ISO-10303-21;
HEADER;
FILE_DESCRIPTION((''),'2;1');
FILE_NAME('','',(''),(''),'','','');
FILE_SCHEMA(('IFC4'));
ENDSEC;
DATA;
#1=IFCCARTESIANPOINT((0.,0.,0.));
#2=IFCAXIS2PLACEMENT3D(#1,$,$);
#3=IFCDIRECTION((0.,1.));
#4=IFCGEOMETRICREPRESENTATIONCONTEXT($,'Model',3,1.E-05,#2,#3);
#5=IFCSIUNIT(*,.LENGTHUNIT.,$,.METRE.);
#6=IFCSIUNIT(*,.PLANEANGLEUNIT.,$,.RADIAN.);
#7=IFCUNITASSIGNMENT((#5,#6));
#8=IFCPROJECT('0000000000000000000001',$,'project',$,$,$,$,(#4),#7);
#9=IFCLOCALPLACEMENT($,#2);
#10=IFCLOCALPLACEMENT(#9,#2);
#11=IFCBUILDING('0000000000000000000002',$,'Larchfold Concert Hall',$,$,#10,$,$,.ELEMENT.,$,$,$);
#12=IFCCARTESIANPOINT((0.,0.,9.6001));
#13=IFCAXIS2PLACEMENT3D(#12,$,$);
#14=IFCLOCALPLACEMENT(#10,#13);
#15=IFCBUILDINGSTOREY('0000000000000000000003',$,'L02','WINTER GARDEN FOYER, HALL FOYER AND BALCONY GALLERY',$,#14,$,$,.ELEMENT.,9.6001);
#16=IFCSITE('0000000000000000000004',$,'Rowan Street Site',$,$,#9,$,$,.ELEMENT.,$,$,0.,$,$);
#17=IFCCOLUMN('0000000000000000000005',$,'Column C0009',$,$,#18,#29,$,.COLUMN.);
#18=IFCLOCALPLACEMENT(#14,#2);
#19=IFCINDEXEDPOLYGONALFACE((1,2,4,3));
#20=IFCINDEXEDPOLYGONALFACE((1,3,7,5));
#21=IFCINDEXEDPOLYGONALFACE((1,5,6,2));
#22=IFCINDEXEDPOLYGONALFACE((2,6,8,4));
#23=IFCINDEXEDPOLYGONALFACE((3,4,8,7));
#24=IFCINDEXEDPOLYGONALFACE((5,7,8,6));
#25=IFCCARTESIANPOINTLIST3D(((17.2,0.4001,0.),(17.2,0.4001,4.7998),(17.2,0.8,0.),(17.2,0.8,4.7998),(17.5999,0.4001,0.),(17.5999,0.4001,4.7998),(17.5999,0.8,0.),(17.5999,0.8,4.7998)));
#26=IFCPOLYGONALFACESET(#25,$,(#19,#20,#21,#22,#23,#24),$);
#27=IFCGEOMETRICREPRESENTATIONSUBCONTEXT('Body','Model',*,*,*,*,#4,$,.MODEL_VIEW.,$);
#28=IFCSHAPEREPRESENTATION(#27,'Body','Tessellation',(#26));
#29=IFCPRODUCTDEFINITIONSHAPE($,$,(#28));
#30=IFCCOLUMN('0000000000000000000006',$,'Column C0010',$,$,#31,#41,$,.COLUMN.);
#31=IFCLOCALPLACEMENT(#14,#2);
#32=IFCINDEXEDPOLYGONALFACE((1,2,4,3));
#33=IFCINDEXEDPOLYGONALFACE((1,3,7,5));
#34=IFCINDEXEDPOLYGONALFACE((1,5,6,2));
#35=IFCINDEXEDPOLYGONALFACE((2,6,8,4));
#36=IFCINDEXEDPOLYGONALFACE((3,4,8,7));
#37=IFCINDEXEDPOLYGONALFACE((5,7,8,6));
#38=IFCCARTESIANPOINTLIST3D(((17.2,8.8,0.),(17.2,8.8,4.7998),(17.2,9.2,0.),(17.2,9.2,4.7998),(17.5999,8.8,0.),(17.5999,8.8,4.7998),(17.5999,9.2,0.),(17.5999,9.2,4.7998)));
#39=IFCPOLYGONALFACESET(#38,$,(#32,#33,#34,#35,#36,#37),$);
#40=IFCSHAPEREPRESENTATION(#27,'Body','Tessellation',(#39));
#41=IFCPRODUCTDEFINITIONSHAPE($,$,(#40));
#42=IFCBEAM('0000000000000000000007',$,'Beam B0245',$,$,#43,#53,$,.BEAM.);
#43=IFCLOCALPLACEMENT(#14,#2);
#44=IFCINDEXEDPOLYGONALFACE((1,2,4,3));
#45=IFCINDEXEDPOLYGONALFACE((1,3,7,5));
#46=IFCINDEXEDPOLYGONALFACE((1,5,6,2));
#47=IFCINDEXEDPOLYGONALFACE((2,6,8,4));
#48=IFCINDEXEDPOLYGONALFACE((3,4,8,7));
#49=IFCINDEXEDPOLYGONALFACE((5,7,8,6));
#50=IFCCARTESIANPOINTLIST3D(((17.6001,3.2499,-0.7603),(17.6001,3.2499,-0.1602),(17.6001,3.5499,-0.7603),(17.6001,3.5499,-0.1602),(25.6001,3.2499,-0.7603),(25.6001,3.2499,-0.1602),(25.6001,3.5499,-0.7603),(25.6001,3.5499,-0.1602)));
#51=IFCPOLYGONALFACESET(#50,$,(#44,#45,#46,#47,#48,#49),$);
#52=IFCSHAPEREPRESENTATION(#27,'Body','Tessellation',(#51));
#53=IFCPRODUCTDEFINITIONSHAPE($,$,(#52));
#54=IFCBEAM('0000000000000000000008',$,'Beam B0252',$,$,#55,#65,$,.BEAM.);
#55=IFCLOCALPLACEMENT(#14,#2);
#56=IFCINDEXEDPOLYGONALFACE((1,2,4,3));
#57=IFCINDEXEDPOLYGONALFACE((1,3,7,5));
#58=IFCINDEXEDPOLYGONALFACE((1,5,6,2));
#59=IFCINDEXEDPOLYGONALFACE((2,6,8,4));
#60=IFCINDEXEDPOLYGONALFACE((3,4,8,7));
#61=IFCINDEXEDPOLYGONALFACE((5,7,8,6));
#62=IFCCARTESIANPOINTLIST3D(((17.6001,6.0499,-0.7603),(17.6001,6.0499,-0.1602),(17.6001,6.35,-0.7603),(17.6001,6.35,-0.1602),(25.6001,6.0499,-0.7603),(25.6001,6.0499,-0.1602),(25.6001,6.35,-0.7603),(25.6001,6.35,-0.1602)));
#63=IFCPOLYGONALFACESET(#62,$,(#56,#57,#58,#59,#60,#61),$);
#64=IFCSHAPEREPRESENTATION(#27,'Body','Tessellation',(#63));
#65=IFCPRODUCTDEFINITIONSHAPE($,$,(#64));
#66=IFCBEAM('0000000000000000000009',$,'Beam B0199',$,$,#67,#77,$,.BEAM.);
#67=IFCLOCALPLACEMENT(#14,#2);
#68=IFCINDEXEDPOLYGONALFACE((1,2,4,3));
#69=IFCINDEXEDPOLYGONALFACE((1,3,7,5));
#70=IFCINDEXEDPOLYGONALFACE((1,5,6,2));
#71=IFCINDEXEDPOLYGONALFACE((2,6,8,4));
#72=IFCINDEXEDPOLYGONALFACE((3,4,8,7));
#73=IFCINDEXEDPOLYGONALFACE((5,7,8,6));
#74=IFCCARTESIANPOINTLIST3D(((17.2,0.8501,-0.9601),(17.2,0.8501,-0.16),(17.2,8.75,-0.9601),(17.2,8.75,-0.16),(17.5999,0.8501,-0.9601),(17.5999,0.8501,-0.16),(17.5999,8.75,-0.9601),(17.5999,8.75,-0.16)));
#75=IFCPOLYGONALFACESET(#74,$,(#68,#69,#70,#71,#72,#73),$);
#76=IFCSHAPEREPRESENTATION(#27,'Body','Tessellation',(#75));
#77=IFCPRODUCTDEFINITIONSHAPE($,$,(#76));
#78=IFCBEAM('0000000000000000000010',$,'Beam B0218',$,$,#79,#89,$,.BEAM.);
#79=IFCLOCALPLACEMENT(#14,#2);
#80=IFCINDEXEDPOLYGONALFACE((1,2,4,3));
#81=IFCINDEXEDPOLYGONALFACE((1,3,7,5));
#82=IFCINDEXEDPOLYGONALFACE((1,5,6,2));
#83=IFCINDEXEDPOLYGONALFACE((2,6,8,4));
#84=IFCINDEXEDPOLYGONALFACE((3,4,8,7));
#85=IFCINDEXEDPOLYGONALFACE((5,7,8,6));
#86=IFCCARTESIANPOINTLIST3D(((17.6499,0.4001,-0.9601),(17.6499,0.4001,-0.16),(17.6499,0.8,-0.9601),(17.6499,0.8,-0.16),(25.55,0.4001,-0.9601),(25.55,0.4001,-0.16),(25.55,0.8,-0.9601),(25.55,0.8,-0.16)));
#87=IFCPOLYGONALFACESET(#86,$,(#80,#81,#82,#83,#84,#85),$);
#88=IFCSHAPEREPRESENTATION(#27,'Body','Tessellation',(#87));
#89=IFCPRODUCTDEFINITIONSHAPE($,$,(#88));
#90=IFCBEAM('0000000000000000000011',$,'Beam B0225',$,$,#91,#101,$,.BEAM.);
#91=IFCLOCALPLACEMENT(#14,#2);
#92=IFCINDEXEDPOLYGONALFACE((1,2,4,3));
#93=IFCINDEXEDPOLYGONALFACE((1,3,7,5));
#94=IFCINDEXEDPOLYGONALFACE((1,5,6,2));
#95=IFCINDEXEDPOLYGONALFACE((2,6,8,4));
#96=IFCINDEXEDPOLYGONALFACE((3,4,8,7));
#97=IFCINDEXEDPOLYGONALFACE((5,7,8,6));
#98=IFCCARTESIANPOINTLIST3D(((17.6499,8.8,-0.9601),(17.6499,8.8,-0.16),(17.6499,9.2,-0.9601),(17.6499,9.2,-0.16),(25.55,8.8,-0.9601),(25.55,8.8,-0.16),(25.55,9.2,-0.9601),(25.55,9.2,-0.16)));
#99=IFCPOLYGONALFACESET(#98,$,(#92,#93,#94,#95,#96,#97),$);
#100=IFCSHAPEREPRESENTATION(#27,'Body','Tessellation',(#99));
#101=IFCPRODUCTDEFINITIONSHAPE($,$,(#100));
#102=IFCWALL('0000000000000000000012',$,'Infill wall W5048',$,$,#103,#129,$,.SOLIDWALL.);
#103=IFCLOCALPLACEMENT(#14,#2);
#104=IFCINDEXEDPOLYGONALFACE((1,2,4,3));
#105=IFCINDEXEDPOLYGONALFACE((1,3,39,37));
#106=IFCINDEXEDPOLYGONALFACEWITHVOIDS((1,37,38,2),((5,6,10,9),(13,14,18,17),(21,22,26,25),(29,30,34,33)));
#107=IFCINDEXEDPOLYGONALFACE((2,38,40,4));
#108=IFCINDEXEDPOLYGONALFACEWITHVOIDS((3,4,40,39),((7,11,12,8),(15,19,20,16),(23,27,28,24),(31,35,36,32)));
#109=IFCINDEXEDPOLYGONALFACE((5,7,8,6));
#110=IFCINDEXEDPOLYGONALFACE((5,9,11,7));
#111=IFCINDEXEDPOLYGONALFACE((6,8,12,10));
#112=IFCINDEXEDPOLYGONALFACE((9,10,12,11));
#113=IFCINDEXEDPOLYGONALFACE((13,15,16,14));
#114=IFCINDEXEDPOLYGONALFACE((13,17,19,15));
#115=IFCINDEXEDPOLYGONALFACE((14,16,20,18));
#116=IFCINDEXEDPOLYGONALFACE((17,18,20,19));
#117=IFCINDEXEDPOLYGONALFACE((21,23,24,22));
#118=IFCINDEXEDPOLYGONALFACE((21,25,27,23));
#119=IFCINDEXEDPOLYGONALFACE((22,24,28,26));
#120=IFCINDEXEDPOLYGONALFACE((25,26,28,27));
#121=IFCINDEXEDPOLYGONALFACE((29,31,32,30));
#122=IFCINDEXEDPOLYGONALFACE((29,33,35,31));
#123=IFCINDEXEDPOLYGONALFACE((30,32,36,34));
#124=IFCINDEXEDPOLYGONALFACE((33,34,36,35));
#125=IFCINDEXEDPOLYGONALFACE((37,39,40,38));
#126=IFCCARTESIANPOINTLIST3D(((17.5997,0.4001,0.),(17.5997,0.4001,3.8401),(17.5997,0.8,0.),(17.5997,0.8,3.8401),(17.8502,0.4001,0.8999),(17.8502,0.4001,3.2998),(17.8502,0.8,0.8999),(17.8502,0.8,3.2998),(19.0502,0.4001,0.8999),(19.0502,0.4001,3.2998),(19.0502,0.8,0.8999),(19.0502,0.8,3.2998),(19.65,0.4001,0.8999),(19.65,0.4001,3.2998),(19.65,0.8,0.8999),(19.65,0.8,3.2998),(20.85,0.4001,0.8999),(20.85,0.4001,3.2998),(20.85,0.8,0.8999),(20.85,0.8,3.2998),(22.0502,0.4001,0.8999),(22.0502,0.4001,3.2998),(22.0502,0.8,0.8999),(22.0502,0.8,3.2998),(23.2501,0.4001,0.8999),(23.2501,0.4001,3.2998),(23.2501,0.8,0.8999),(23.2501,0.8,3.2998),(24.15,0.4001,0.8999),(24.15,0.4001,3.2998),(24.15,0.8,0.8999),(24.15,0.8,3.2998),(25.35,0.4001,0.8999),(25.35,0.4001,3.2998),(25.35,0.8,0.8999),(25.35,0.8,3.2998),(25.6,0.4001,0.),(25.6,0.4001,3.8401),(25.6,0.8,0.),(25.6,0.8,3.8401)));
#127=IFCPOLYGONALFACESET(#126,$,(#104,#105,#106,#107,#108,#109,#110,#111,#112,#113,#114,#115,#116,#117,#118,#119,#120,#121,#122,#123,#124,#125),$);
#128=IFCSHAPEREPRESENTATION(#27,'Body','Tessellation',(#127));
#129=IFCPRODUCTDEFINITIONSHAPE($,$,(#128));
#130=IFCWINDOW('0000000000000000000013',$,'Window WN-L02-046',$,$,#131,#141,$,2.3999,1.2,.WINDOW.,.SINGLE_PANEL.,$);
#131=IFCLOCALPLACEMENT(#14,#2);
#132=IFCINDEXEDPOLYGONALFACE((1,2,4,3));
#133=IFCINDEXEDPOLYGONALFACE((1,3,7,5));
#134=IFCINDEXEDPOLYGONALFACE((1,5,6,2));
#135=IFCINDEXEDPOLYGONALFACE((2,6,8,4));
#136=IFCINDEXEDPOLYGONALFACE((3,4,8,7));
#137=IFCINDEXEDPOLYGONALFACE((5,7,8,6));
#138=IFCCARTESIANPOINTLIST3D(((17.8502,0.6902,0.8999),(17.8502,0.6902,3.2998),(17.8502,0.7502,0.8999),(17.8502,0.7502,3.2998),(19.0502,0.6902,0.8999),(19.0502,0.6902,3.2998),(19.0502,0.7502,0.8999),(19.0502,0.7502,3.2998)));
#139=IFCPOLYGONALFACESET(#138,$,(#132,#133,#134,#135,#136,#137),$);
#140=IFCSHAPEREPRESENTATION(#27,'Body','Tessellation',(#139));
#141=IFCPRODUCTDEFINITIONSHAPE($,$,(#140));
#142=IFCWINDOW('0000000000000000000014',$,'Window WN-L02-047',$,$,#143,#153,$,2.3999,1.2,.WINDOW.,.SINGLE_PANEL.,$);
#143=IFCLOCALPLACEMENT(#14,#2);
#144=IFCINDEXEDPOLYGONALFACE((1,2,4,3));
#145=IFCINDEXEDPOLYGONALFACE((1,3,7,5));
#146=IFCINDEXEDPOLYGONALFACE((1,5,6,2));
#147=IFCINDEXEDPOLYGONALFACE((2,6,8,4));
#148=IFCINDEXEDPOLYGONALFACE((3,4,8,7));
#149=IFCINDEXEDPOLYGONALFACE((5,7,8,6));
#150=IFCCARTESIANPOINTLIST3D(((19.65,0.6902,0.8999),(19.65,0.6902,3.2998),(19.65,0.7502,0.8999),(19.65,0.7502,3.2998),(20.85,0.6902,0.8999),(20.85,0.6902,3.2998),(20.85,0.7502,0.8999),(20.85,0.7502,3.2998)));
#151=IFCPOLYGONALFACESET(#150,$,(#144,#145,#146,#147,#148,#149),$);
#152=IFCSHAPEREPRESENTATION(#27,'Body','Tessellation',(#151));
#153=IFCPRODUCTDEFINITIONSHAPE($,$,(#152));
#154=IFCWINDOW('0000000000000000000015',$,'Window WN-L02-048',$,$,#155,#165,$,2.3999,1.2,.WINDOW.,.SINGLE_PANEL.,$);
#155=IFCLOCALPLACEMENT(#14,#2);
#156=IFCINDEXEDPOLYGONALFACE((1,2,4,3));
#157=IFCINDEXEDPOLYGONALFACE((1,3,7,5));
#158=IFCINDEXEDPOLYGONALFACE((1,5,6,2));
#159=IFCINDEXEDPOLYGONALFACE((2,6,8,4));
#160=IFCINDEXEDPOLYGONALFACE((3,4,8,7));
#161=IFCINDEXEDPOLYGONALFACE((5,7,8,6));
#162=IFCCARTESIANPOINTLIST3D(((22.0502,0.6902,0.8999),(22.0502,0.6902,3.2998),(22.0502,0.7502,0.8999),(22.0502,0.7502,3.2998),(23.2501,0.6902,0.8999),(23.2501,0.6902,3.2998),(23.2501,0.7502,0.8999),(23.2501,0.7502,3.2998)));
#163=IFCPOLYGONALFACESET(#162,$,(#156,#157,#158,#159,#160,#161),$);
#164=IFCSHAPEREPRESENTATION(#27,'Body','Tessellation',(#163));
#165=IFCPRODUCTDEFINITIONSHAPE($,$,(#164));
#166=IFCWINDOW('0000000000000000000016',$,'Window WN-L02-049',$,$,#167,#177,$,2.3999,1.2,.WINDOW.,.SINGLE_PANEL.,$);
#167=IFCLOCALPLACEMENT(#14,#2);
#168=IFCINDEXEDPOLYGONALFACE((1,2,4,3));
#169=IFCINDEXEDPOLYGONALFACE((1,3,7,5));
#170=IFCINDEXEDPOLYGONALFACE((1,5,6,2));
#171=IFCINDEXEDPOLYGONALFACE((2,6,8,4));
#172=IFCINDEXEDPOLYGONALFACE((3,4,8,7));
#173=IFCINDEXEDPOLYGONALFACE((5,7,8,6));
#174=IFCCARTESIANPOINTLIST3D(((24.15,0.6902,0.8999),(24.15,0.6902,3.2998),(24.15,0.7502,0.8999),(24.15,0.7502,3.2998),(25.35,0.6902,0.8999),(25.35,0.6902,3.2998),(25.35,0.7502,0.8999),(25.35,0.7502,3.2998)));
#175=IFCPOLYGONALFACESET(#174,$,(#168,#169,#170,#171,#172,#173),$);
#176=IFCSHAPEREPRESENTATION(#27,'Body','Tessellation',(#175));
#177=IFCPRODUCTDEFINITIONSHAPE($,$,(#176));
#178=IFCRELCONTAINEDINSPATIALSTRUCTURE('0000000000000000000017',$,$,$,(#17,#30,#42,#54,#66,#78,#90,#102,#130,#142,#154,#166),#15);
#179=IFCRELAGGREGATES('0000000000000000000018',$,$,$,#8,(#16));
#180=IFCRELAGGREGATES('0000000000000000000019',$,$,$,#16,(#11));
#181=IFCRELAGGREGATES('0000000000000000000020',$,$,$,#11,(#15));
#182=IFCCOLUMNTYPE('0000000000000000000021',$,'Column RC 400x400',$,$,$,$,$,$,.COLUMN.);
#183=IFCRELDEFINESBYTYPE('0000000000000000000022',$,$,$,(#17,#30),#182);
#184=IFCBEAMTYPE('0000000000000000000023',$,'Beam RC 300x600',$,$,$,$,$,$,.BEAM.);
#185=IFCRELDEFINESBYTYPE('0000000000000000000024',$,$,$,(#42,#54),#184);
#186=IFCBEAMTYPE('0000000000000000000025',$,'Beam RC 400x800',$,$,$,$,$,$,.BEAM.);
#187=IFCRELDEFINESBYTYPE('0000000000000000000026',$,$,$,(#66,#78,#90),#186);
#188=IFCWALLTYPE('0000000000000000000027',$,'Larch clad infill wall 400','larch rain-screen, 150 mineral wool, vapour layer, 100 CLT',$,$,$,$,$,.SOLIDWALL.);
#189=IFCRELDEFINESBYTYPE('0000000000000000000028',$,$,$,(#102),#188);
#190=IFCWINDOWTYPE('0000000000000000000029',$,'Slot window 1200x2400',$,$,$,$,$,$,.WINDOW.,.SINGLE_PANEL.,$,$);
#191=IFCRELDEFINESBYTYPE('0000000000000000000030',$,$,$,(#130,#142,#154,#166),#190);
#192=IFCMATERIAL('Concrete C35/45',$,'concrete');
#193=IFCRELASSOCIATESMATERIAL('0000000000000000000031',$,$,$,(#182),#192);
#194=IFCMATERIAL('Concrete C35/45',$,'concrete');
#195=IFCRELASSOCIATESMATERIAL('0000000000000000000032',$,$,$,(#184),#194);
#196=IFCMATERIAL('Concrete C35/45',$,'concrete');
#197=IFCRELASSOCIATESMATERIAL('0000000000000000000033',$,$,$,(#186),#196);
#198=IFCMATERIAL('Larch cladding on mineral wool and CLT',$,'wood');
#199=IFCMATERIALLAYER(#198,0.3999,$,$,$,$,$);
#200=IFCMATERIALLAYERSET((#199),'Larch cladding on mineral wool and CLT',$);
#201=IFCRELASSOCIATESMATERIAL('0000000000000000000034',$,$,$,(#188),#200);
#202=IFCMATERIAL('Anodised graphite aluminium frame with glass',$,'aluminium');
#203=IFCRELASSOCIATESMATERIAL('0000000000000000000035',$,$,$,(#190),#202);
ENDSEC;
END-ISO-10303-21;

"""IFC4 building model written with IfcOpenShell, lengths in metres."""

from ifc_helpers import new_model, si_unit, direction, frame, frame_2d, origin, origin_2d, place, context, subcontext, project, spatial, rectangle, extrude, material, layer, layer_set, material_profile, profile_set, type_object, element, fill, save


model = new_model("IFC4")

# Units and contexts
model_context = context("Model", 3, precision=1e-05, world=origin(), true_north=direction((0.0, 1.0)))
body_context = subcontext(model_context, "Body", "Model", "MODEL_VIEW")
ifc_project = project(units=[si_unit("LENGTHUNIT", "METRE"), si_unit("PLANEANGLEUNIT", "RADIAN")], contexts=[model_context])

# Site, building, storey
site_placement = place(None, origin())
site = spatial("IfcSite", under=ifc_project, at=site_placement, Name="Rowan Street Site", CompositionType="ELEMENT", RefElevation=0.0)
building_placement = place(site_placement, origin())
building = spatial("IfcBuilding", under=site, at=building_placement, Name="Larchfold Concert Hall", CompositionType="ELEMENT")
storey_placement = place(building_placement, frame((0.0, 0.0, 9.6001)))
storey = spatial("IfcBuildingStorey", under=building, at=storey_placement, Name="L02", Description="WINTER GARDEN FOYER, HALL FOYER AND BALCONY GALLERY", CompositionType="ELEMENT", Elevation=9.6001)

# Columns
ifc_material_1 = material(Name="Concrete C35/45", Category="concrete")
ifc_material_profile_1 = material_profile(ifc_material_1, rectangle(XDim=0.3999, YDim=0.3999, at=origin_2d()))
ifc_profile_set_1 = profile_set([ifc_material_profile_1], Name="Concrete C35/45")
column_type = type_object("IfcColumnType", Name="Column RC 400x400", PredefinedType="COLUMN", material=ifc_profile_set_1)
for number, where, z_axis, x_axis, name in (
    (1, (17.3999, 0.6001, 0.0), (0.0, 0.0, 1.0), (1.0, 0.0, 0.0), "Column C0009"),
    (2, (17.3999, 9.0, 0.0), (0.0, 0.0, 1.0), (1.0, 0.0, 0.0), "Column C0010"),
):
    element("IfcColumn", number, at=place(storey_placement, frame(where, z_axis=z_axis, x_axis=x_axis)), inside=storey, type_object=column_type, Name=name, PredefinedType="COLUMN", context=body_context, shape_type="SweptSolid", body=[
        extrude(rectangle(XDim=0.3999, YDim=0.3999, at=origin_2d()), origin(), (0.0, 0.0, 1.0), 4.7998),
    ])

# Beams
ifc_material_2 = material(Name="Concrete C35/45", Category="concrete")
ifc_material_profile_2 = material_profile(ifc_material_2, rectangle(XDim=0.3, YDim=0.6001, at=origin_2d()))
ifc_profile_set_2 = profile_set([ifc_material_profile_2], Name="Concrete C35/45")
beam_type_1 = type_object("IfcBeamType", Name="Beam RC 300x600", PredefinedType="BEAM", material=ifc_profile_set_2)
for number, where, z_axis, x_axis, name in (
    (3, (17.6001, 3.3999, -0.4602), (1.0, 0.0, 0.0), (0.0, 1.0, 0.0), "Beam B0245"),
    (4, (17.6001, 6.2, -0.4602), (1.0, 0.0, 0.0), (0.0, 1.0, 0.0), "Beam B0252"),
):
    element("IfcBeam", number, at=place(storey_placement, frame(where, z_axis=z_axis, x_axis=x_axis)), inside=storey, type_object=beam_type_1, Name=name, PredefinedType="BEAM", context=body_context, shape_type="SweptSolid", body=[
        extrude(rectangle(XDim=0.3, YDim=0.6001, at=origin_2d()), origin(), (0.0, 0.0, 1.0), 8.0),
    ])
ifc_material_3 = material(Name="Concrete C35/45", Category="concrete")
ifc_material_profile_3 = material_profile(ifc_material_3, rectangle(XDim=0.3999, YDim=0.8, at=origin_2d()))
ifc_profile_set_3 = profile_set([ifc_material_profile_3], Name="Concrete C35/45")
beam_type_2 = type_object("IfcBeamType", Name="Beam RC 400x800", PredefinedType="BEAM", material=ifc_profile_set_3)
beam_placement = place(storey_placement, frame((17.3999, 0.8501, -0.5601), z_axis=(0.0, 1.0, 0.0), x_axis=(-1.0, 0.0, 0.0)))
element("IfcBeam", 5, at=beam_placement, inside=storey, type_object=beam_type_2, Name="Beam B0199", PredefinedType="BEAM", context=body_context, shape_type="SweptSolid", body=[
    extrude(rectangle(XDim=0.3999, YDim=0.8, at=origin_2d()), origin(), (0.0, 0.0, 1.0), 7.8999),
])
for number, where, z_axis, x_axis, name in (
    (6, (17.6499, 0.6001, -0.5601), (1.0, 0.0, 0.0), (0.0, 1.0, 0.0), "Beam B0218"),
    (7, (17.6499, 9.0, -0.5601), (1.0, 0.0, 0.0), (0.0, 1.0, 0.0), "Beam B0225"),
):
    element("IfcBeam", number, at=place(storey_placement, frame(where, z_axis=z_axis, x_axis=x_axis)), inside=storey, type_object=beam_type_2, Name=name, PredefinedType="BEAM", context=body_context, shape_type="SweptSolid", body=[
        extrude(rectangle(XDim=0.3999, YDim=0.8, at=origin_2d()), origin(), (0.0, 0.0, 1.0), 7.9001),
    ])

# Wall, openings, windows
ifc_material_4 = material(Name="Larch cladding on mineral wool and CLT", Category="wood")
ifc_layer_1 = layer(ifc_material_4, 0.3999)
ifc_layer_set_1 = layer_set([ifc_layer_1], Name="Larch cladding on mineral wool and CLT")
wall_type_1 = type_object("IfcWallType", Name="Larch clad infill wall 400", Description="larch rain-screen, 150 mineral wool, vapour layer, 100 CLT", PredefinedType="SOLIDWALL", material=ifc_layer_set_1)
wall_1_placement = place(storey_placement, frame((17.5999, 0.6001, 0.0), z_axis=(0.0, 0.0, 1.0), x_axis=(1.0, 0.0, 0.0)))
wall_1 = element("IfcWall", 8, at=wall_1_placement, inside=storey, type_object=wall_type_1, Name="Infill wall W5048", PredefinedType="SOLIDWALL", context=body_context, shape_type="SweptSolid", body=[
    extrude(rectangle(XDim=8.0002, YDim=0.3999, at=frame_2d((4.0, 0.0))), origin(), (0.0, 0.0, 1.0), 3.8401),
])
opening_1_placement = place(wall_1_placement, frame((0.2502, 0.0, 0.8999)))
opening_1 = element("IfcOpeningElement", 9, at=opening_1_placement, cuts=wall_1, PredefinedType="OPENING", context=body_context, shape_type="SweptSolid", body=[
    extrude(rectangle(XDim=1.2, YDim=2.3999, at=frame_2d((0.6001, 1.2))), frame((0.0, 0.21, 0.0), z_axis=(0.0, -1.0, 0.0), x_axis=(1.0, 0.0, 0.0)), (0.0, 0.0, 1.0), 0.4199),
])
opening_2_placement = place(wall_1_placement, frame((2.05, 0.0, 0.8999)))
opening_2 = element("IfcOpeningElement", 10, at=opening_2_placement, cuts=wall_1, PredefinedType="OPENING", context=body_context, shape_type="SweptSolid", body=[
    extrude(rectangle(XDim=1.2, YDim=2.3999, at=frame_2d((0.6001, 1.2))), frame((0.0, 0.21, 0.0), z_axis=(0.0, -1.0, 0.0), x_axis=(1.0, 0.0, 0.0)), (0.0, 0.0, 1.0), 0.4199),
])
opening_3_placement = place(wall_1_placement, frame((4.4502, 0.0, 0.8999)))
opening_3 = element("IfcOpeningElement", 11, at=opening_3_placement, cuts=wall_1, PredefinedType="OPENING", context=body_context, shape_type="SweptSolid", body=[
    extrude(rectangle(XDim=1.2, YDim=2.3999, at=frame_2d((0.6001, 1.2))), frame((0.0, 0.21, 0.0), z_axis=(0.0, -1.0, 0.0), x_axis=(1.0, 0.0, 0.0)), (0.0, 0.0, 1.0), 0.4199),
])
opening_4_placement = place(wall_1_placement, frame((6.55, 0.0, 0.8999)))
opening_4 = element("IfcOpeningElement", 12, at=opening_4_placement, cuts=wall_1, PredefinedType="OPENING", context=body_context, shape_type="SweptSolid", body=[
    extrude(rectangle(XDim=1.2, YDim=2.3999, at=frame_2d((0.6001, 1.2))), frame((0.0, 0.21, 0.0), z_axis=(0.0, -1.0, 0.0), x_axis=(1.0, 0.0, 0.0)), (0.0, 0.0, 1.0), 0.4199),
])
ifc_material_5 = material(Name="Anodised graphite aluminium frame with glass", Category="aluminium")
window_type = type_object("IfcWindowType", Name="Slot window 1200x2400", PartitioningType="SINGLE_PANEL", PredefinedType="WINDOW", material=ifc_material_5)
window_1_placement = place(opening_1_placement, origin())
window_1 = element("IfcWindow", 13, at=window_1_placement, inside=storey, type_object=window_type, Name="Window WN-L02-046", OverallHeight=2.3999, OverallWidth=1.2, PartitioningType="SINGLE_PANEL", PredefinedType="WINDOW", context=body_context, shape_type="SweptSolid", body=[
    extrude(rectangle(XDim=1.2, YDim=2.3999, at=frame_2d((0.6001, 1.2))), frame((0.0, 0.1501, 0.0), z_axis=(0.0, -1.0, 0.0), x_axis=(1.0, 0.0, 0.0)), (0.0, 0.0, 1.0), 0.0601),
])
fill(opening_1, window_1)
window_2_placement = place(opening_2_placement, origin())
window_2 = element("IfcWindow", 14, at=window_2_placement, inside=storey, type_object=window_type, Name="Window WN-L02-047", OverallHeight=2.3999, OverallWidth=1.2, PartitioningType="SINGLE_PANEL", PredefinedType="WINDOW", context=body_context, shape_type="SweptSolid", body=[
    extrude(rectangle(XDim=1.2, YDim=2.3999, at=frame_2d((0.6001, 1.2))), frame((0.0, 0.1501, 0.0), z_axis=(0.0, -1.0, 0.0), x_axis=(1.0, 0.0, 0.0)), (0.0, 0.0, 1.0), 0.0601),
])
fill(opening_2, window_2)
window_3_placement = place(opening_3_placement, origin())
window_3 = element("IfcWindow", 15, at=window_3_placement, inside=storey, type_object=window_type, Name="Window WN-L02-048", OverallHeight=2.3999, OverallWidth=1.2, PartitioningType="SINGLE_PANEL", PredefinedType="WINDOW", context=body_context, shape_type="SweptSolid", body=[
    extrude(rectangle(XDim=1.2, YDim=2.3999, at=frame_2d((0.6001, 1.2))), frame((0.0, 0.1501, 0.0), z_axis=(0.0, -1.0, 0.0), x_axis=(1.0, 0.0, 0.0)), (0.0, 0.0, 1.0), 0.0601),
])
fill(opening_3, window_3)
window_4_placement = place(opening_4_placement, origin())
window_4 = element("IfcWindow", 16, at=window_4_placement, inside=storey, type_object=window_type, Name="Window WN-L02-049", OverallHeight=2.3999, OverallWidth=1.2, PartitioningType="SINGLE_PANEL", PredefinedType="WINDOW", context=body_context, shape_type="SweptSolid", body=[
    extrude(rectangle(XDim=1.2, YDim=2.3999, at=frame_2d((0.6001, 1.2))), frame((0.0, 0.1501, 0.0), z_axis=(0.0, -1.0, 0.0), x_axis=(1.0, 0.0, 0.0)), (0.0, 0.0, 1.0), 0.0601),
])
fill(opening_4, window_4)

save(model, "model.ifc")
